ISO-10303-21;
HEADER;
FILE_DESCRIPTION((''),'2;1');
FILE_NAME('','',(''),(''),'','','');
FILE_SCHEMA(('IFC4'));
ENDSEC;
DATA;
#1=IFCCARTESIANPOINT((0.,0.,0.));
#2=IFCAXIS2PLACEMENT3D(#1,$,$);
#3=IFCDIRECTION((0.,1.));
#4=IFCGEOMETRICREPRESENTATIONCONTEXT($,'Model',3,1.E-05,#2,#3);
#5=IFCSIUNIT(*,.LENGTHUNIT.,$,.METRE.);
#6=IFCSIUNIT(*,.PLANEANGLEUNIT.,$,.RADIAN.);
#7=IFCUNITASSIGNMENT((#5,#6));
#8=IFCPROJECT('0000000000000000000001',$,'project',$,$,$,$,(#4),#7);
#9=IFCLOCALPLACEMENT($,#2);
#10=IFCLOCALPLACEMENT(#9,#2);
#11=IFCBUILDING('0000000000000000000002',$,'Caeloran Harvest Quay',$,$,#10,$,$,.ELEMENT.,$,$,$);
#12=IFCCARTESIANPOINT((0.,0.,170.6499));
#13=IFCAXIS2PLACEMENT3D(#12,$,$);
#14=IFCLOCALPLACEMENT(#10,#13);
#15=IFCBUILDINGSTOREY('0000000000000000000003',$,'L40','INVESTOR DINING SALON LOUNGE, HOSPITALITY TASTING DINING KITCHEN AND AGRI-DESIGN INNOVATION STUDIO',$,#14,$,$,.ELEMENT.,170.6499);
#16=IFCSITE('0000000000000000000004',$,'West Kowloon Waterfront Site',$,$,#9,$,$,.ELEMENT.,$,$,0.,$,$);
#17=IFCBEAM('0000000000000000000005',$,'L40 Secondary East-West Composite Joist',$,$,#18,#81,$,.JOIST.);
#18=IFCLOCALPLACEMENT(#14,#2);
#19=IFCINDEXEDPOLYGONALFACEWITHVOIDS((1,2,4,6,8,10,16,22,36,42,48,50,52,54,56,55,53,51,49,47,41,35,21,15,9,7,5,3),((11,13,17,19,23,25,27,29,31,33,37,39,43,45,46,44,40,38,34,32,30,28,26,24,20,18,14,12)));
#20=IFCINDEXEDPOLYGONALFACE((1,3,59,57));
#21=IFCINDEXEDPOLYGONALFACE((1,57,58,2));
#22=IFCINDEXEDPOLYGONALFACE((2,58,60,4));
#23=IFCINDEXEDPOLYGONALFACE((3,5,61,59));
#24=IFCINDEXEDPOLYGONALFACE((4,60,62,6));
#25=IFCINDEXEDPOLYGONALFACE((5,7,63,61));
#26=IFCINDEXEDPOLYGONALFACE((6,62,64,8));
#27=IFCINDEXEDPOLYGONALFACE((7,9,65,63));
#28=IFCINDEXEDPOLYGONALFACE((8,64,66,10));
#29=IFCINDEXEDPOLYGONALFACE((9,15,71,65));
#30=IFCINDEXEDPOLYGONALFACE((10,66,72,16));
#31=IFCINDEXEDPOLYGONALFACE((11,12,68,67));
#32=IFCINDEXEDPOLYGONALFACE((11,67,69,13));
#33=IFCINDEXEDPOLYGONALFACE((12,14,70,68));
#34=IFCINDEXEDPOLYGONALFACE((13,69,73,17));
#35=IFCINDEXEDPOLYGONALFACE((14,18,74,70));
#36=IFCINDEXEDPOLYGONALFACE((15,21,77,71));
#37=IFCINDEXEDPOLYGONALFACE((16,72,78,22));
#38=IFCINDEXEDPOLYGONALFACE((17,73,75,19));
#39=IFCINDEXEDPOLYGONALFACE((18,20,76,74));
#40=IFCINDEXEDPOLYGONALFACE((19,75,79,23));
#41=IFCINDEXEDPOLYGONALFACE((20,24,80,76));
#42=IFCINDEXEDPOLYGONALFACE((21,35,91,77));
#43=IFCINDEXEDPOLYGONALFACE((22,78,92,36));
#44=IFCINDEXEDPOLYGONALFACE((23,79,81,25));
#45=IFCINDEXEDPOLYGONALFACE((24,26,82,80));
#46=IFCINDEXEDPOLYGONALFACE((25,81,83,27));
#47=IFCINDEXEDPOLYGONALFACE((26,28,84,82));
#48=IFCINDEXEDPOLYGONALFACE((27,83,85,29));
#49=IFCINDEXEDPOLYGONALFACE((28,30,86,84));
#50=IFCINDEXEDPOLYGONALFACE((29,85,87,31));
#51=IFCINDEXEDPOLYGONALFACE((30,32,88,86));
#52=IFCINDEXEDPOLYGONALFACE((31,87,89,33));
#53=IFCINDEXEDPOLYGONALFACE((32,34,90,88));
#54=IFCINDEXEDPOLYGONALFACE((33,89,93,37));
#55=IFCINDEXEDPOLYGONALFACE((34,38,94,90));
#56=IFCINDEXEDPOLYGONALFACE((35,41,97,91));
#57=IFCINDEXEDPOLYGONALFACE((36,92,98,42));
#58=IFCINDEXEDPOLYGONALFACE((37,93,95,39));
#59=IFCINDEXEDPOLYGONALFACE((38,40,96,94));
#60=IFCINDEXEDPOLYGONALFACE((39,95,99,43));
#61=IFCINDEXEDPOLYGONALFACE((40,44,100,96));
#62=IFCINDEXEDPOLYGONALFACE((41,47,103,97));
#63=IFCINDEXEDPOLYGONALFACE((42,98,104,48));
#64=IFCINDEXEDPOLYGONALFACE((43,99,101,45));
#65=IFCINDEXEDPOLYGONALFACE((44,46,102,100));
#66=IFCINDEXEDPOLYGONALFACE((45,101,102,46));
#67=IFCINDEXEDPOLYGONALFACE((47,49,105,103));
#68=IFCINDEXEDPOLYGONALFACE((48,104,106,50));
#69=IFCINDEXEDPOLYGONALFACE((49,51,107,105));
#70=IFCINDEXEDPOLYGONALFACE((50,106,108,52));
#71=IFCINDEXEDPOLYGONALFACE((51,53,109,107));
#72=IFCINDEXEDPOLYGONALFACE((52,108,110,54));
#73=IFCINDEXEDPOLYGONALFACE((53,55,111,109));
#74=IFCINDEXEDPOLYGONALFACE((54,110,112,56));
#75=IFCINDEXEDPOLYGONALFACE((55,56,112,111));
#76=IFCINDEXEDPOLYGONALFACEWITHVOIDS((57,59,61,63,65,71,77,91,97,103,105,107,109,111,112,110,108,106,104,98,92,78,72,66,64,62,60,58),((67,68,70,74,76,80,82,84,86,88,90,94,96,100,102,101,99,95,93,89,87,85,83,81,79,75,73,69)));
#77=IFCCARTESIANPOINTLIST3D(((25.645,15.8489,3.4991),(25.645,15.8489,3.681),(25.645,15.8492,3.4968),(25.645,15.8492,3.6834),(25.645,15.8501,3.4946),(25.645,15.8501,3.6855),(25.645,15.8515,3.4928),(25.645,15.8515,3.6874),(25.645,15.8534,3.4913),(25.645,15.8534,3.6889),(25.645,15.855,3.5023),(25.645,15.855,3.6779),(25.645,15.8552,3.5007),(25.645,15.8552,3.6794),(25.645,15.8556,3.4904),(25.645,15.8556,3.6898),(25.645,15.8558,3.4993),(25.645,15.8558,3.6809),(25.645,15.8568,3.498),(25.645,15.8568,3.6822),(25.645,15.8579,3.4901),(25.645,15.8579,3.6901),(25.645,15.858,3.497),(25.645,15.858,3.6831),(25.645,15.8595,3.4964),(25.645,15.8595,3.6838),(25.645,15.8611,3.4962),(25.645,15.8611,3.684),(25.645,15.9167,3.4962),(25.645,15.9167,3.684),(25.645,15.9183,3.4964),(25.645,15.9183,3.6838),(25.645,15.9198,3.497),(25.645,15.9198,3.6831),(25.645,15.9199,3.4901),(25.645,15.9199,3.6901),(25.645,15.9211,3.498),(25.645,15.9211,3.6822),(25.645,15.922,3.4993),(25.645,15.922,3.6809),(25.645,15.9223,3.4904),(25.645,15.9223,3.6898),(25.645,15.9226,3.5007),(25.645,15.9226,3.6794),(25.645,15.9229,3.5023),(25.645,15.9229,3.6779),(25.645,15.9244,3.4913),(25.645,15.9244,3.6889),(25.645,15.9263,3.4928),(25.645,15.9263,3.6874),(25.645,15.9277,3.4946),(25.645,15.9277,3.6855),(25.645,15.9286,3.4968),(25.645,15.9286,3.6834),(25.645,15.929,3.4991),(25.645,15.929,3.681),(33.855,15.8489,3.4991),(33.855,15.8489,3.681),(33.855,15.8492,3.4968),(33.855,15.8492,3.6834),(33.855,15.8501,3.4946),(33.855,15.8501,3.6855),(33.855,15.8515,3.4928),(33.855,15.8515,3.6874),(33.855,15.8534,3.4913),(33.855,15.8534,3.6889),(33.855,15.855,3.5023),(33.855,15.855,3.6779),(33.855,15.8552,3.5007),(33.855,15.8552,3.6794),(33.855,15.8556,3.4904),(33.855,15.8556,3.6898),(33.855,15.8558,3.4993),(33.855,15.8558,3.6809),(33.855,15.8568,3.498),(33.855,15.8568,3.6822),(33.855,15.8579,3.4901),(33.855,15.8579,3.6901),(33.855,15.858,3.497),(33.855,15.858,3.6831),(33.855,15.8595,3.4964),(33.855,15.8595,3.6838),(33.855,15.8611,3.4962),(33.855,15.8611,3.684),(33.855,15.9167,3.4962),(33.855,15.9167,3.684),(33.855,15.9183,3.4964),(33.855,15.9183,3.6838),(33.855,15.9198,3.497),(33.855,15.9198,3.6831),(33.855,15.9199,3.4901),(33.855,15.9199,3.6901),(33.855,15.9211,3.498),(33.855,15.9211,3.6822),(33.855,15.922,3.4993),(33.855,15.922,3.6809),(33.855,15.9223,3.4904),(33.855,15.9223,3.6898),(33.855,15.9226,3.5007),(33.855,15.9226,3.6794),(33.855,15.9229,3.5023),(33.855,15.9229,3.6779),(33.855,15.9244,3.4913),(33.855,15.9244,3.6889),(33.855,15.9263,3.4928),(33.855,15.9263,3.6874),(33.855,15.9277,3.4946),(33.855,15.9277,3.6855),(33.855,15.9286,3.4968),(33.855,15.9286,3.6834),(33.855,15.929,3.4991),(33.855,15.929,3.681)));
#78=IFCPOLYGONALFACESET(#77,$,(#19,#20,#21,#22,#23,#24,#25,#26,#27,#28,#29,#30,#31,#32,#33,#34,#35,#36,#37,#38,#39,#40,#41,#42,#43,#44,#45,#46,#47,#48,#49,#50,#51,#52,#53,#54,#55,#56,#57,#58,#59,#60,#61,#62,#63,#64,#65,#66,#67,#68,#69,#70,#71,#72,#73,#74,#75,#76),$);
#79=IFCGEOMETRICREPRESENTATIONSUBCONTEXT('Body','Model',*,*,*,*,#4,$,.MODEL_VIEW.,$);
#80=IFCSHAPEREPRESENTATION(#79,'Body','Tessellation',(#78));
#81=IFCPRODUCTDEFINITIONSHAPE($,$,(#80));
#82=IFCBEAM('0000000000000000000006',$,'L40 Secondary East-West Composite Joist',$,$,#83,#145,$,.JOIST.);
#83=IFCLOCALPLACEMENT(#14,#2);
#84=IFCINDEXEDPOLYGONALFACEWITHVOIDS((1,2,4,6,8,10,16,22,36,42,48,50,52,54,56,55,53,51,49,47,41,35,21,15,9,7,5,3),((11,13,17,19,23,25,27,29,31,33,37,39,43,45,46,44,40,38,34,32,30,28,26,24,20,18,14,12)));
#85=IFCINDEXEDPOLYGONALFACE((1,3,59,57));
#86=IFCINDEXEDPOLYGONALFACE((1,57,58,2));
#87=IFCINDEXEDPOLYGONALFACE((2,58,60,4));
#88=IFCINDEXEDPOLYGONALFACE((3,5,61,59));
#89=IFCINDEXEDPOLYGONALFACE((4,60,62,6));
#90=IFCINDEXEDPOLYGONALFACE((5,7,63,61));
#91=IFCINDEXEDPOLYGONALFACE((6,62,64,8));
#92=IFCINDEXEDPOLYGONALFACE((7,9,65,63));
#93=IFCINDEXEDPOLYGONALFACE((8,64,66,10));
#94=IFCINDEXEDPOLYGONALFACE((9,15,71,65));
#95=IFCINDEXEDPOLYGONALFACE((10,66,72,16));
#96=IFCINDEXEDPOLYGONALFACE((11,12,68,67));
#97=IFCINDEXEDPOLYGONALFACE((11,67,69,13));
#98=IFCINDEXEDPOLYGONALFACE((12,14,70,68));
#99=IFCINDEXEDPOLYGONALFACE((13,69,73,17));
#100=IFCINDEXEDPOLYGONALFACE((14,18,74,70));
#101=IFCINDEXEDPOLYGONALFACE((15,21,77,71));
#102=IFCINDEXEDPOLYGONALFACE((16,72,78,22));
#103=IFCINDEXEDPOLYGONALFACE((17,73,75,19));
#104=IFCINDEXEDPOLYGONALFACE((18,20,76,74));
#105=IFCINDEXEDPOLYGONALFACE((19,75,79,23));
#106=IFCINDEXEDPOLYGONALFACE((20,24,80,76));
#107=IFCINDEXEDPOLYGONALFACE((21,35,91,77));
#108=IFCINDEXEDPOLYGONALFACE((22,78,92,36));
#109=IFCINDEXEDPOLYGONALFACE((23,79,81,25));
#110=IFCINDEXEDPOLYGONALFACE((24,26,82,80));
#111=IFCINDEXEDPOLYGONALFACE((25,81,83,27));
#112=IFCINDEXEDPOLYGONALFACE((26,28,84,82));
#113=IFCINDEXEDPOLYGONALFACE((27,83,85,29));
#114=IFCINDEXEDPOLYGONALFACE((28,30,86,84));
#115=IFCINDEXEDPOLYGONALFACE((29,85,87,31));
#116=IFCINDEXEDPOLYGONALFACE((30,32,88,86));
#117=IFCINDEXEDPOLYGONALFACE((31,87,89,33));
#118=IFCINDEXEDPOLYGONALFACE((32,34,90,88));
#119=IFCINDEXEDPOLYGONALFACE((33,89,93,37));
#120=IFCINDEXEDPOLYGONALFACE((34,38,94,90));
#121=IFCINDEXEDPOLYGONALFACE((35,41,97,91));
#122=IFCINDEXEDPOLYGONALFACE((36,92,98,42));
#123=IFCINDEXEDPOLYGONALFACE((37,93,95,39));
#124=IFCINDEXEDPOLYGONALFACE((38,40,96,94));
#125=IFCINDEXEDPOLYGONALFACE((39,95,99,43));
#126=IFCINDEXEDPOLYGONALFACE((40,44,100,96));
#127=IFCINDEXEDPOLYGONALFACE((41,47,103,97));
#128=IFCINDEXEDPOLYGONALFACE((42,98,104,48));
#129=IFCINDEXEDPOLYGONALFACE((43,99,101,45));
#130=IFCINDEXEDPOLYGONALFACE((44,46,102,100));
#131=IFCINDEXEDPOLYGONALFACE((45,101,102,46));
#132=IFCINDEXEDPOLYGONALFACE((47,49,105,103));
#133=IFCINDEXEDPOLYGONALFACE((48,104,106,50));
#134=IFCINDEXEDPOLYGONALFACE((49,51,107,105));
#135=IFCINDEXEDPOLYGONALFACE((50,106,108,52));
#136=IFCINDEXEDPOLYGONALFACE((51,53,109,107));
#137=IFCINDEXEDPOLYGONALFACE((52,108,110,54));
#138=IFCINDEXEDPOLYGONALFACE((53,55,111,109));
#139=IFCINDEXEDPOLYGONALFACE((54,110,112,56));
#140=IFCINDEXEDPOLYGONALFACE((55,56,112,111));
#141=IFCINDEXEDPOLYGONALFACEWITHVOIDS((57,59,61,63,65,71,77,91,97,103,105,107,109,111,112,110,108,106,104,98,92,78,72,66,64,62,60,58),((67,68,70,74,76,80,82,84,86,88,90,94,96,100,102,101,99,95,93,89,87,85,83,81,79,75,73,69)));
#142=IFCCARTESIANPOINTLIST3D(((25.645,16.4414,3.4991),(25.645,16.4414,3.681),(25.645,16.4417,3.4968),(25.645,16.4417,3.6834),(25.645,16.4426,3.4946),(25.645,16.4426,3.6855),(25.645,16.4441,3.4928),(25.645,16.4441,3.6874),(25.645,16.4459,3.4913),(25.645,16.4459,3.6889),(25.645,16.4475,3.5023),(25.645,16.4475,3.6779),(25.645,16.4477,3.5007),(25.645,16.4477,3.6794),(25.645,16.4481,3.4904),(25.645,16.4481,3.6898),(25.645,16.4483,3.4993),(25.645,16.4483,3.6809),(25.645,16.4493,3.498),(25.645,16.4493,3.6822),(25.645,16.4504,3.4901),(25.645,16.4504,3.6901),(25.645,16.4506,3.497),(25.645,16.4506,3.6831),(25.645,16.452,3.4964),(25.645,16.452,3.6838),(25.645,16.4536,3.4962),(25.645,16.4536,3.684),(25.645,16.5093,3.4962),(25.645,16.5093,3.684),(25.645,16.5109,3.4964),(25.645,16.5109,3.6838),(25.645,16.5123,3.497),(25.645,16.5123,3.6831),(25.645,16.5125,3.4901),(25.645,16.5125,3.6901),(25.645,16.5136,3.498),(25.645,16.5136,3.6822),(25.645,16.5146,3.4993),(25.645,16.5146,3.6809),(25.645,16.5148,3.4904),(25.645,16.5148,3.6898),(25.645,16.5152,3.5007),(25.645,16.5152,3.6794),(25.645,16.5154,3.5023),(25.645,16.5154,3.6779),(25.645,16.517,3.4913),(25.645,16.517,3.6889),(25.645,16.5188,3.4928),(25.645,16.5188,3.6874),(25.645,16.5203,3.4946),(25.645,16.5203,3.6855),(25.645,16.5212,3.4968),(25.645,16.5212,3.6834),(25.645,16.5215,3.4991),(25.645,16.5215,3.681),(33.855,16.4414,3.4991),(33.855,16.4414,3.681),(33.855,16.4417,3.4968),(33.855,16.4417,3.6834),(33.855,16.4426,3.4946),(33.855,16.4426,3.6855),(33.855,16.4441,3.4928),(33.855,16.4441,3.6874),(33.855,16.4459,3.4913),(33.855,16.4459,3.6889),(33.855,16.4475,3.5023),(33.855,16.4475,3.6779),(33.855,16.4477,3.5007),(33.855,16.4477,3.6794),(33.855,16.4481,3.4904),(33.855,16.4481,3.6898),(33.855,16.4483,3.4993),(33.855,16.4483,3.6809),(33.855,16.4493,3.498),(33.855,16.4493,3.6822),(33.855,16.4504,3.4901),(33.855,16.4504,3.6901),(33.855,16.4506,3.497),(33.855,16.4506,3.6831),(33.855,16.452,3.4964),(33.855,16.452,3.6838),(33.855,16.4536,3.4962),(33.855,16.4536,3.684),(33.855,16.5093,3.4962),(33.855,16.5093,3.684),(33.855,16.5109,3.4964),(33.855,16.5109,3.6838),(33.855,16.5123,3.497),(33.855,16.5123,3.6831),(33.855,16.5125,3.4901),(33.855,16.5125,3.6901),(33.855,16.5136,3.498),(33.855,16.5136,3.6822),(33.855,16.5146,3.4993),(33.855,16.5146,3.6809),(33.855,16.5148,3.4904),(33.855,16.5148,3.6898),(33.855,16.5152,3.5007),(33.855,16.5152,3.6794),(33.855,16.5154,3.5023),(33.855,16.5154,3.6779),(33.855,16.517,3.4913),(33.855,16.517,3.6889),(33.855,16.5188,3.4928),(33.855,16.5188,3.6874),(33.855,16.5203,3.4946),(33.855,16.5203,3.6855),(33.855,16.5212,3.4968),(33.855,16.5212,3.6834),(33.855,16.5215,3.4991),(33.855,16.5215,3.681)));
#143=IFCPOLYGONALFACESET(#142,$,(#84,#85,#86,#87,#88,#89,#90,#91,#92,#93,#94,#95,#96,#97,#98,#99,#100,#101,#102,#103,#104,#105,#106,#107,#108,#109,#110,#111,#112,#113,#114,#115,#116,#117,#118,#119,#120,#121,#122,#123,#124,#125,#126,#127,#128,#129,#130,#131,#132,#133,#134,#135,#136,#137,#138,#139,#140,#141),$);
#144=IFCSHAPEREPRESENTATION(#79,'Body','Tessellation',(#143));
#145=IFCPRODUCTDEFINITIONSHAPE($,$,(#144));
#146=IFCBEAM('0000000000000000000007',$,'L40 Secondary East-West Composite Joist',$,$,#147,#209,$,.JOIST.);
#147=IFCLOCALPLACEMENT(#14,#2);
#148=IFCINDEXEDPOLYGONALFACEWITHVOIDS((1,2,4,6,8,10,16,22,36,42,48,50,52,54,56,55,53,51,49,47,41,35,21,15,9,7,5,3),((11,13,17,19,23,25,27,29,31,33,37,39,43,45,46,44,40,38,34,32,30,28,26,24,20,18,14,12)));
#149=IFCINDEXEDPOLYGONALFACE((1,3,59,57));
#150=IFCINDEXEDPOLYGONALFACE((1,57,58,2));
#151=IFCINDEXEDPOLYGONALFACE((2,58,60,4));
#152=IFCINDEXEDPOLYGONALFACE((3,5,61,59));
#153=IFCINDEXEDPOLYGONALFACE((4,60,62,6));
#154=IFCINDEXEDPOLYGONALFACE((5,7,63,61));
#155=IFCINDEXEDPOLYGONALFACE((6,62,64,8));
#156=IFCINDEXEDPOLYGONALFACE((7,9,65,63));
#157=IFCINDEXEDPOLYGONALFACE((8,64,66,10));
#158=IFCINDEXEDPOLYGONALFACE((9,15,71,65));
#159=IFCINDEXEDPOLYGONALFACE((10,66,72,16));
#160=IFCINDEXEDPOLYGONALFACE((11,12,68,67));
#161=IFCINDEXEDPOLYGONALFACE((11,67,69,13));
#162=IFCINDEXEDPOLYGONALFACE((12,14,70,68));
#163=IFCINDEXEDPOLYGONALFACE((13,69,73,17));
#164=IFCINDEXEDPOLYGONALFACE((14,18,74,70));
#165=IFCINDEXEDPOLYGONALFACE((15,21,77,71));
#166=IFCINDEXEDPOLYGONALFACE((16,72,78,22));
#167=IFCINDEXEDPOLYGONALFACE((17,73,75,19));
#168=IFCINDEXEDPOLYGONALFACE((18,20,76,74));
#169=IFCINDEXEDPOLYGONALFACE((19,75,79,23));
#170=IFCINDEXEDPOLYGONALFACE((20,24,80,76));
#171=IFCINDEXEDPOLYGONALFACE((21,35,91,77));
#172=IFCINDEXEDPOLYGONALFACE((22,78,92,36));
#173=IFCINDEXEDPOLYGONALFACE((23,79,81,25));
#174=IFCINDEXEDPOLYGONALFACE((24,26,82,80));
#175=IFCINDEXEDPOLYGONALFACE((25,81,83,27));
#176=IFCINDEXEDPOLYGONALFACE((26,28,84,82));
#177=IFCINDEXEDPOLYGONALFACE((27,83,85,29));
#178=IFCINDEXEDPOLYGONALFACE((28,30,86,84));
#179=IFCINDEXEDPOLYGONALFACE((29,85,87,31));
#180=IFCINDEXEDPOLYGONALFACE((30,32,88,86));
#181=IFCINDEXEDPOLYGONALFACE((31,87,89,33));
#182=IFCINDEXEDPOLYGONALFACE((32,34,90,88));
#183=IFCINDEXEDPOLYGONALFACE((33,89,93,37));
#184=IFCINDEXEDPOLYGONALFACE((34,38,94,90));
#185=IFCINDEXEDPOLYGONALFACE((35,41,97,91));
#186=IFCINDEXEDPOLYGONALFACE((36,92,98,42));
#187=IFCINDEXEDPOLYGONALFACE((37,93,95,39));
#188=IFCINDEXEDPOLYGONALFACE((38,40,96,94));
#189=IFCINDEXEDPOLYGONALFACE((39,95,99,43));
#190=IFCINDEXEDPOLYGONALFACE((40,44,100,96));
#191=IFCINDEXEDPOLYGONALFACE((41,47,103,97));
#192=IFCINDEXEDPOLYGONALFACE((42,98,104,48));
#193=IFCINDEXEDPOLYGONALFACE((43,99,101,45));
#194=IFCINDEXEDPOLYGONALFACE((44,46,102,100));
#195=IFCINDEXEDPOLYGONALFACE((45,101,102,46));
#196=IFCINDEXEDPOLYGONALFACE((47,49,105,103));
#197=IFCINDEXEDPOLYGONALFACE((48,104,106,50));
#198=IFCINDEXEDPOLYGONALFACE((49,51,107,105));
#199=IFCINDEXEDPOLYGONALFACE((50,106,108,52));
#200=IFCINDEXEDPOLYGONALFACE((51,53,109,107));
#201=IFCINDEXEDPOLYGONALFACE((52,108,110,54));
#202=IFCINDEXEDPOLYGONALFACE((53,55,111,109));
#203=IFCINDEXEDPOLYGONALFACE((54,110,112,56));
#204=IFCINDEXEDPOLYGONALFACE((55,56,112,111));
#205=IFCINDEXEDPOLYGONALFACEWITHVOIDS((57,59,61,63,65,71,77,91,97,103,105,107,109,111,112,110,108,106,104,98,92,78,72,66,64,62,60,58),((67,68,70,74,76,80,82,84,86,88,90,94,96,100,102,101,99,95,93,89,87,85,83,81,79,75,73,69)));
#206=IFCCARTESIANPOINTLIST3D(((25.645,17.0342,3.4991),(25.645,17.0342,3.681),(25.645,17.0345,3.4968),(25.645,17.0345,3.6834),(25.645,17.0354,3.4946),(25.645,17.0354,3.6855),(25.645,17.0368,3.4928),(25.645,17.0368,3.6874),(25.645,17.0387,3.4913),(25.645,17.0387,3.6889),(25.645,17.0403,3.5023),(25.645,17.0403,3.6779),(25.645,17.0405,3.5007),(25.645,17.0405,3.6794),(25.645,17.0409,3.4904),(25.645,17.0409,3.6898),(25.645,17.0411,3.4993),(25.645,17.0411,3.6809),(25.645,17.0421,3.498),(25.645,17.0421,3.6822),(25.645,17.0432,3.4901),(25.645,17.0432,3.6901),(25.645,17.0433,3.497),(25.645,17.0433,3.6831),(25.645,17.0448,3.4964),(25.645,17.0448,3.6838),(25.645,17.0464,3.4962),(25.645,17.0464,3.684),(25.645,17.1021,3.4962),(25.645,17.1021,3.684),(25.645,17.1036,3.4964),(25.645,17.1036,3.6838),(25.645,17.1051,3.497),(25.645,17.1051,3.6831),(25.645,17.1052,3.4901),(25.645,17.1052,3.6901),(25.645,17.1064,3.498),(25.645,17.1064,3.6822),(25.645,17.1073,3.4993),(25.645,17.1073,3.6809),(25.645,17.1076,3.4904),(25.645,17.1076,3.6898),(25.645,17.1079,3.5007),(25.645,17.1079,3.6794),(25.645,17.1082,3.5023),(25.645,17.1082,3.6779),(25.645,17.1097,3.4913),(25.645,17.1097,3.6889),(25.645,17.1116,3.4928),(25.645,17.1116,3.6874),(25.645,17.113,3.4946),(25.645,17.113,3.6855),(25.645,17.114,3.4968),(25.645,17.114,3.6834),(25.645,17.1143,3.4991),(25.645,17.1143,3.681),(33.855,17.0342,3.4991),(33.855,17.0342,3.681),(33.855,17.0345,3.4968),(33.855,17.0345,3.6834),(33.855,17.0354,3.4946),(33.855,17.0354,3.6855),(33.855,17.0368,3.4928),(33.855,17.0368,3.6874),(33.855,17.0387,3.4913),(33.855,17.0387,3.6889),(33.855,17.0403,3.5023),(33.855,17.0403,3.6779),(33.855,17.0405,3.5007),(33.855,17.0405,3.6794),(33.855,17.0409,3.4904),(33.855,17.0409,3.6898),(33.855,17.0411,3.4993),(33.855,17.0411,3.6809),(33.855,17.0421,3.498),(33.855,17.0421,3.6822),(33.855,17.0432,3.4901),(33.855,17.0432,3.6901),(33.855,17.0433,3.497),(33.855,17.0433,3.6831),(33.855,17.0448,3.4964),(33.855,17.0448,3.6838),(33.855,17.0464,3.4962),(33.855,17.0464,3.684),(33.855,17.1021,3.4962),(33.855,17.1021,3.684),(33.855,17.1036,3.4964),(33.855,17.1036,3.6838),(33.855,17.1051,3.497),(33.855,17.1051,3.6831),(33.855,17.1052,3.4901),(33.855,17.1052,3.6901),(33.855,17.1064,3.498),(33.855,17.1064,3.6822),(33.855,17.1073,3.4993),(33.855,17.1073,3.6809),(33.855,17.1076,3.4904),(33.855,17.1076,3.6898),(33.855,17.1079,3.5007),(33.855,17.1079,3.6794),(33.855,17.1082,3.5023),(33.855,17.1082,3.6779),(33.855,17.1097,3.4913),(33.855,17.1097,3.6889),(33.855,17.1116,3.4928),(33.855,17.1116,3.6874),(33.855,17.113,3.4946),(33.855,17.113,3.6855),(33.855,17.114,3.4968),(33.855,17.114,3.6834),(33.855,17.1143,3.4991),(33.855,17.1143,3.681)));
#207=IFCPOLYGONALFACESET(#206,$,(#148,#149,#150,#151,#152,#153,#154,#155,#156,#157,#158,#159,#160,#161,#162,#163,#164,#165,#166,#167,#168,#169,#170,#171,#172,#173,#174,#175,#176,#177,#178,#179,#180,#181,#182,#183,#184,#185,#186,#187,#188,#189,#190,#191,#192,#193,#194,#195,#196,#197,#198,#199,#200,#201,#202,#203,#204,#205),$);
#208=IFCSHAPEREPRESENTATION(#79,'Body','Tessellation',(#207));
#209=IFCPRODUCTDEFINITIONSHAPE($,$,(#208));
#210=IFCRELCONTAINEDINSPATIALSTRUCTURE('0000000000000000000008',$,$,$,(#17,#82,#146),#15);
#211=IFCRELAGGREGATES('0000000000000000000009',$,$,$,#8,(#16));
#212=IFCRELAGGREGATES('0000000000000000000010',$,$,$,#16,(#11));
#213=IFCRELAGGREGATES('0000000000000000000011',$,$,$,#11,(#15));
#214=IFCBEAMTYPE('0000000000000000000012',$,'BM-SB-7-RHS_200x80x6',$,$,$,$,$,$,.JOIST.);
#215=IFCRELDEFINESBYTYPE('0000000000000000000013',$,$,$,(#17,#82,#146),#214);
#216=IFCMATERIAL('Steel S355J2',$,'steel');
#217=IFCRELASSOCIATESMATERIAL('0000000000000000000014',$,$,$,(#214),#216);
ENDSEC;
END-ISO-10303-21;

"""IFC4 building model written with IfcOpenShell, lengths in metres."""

from ifc_helpers import new_model, si_unit, direction, frame, origin, origin_2d, place, context, subcontext, project, spatial, hollow_rectangle, extrude, material, material_profile, profile_set, type_object, element, save


model = new_model("IFC4")

# Units and contexts
model_context = context("Model", 3, precision=1e-05, world=origin(), true_north=direction((0.0, 1.0)))
body_context = subcontext(model_context, "Body", "Model", "MODEL_VIEW")
ifc_project = project(units=[si_unit("LENGTHUNIT", "METRE"), si_unit("PLANEANGLEUNIT", "RADIAN")], contexts=[model_context])

# Site, building, storey
site_placement = place(None, origin())
site = spatial("IfcSite", under=ifc_project, at=site_placement, Name="West Kowloon Waterfront Site", CompositionType="ELEMENT", RefElevation=0.0)
building_placement = place(site_placement, origin())
building = spatial("IfcBuilding", under=site, at=building_placement, Name="Caeloran Harvest Quay", CompositionType="ELEMENT")
storey_placement = place(building_placement, frame((0.0, 0.0, 170.6499)))
storey = spatial("IfcBuildingStorey", under=building, at=storey_placement, Name="L40", Description="INVESTOR DINING SALON LOUNGE, HOSPITALITY TASTING DINING KITCHEN AND AGRI-DESIGN INNOVATION STUDIO", CompositionType="ELEMENT", Elevation=170.6499)

# Beams
ifc_material_1 = material(Name="Steel S355J2", Category="steel")
ifc_material_profile_1 = material_profile(ifc_material_1, hollow_rectangle(XDim=0.0801, YDim=0.2, WallThickness=0.0061, InnerFilletRadius=0.0061, OuterFilletRadius=0.009, at=origin_2d()), Name="RHS 200x80x6")
ifc_profile_set_1 = profile_set([ifc_material_profile_1], Name="Steel S355J2")
beam_type_1 = type_object("IfcBeamType", Name="BM-SB-7-RHS_200x80x6", PredefinedType="JOIST", material=ifc_profile_set_1)
for number, where, z_axis, x_axis, name in (
    (1, (25.645, 15.8889, 3.5901), (1.0, 0.0, 0.0), (0.0, 1.0, 0.0), "L40 Secondary East-West Composite Joist"),
    (2, (25.645, 16.4814, 3.5901), (1.0, 0.0, 0.0), (0.0, 1.0, 0.0), "L40 Secondary East-West Composite Joist"),
    (3, (25.645, 17.0742, 3.5901), (1.0, 0.0, 0.0), (0.0, 1.0, 0.0), "L40 Secondary East-West Composite Joist"),
):
    element("IfcBeam", number, at=place(storey_placement, frame(where, z_axis=z_axis, x_axis=x_axis)), inside=storey, type_object=beam_type_1, Name=name, PredefinedType="JOIST", context=body_context, shape_type="SweptSolid", body=[
        extrude(hollow_rectangle(XDim=0.0801, YDim=0.2, WallThickness=0.0061, InnerFilletRadius=0.0061, OuterFilletRadius=0.009, at=origin_2d()), origin(), (0.0, 0.0, 1.0), 8.21),
    ])

save(model, "model.ifc")
